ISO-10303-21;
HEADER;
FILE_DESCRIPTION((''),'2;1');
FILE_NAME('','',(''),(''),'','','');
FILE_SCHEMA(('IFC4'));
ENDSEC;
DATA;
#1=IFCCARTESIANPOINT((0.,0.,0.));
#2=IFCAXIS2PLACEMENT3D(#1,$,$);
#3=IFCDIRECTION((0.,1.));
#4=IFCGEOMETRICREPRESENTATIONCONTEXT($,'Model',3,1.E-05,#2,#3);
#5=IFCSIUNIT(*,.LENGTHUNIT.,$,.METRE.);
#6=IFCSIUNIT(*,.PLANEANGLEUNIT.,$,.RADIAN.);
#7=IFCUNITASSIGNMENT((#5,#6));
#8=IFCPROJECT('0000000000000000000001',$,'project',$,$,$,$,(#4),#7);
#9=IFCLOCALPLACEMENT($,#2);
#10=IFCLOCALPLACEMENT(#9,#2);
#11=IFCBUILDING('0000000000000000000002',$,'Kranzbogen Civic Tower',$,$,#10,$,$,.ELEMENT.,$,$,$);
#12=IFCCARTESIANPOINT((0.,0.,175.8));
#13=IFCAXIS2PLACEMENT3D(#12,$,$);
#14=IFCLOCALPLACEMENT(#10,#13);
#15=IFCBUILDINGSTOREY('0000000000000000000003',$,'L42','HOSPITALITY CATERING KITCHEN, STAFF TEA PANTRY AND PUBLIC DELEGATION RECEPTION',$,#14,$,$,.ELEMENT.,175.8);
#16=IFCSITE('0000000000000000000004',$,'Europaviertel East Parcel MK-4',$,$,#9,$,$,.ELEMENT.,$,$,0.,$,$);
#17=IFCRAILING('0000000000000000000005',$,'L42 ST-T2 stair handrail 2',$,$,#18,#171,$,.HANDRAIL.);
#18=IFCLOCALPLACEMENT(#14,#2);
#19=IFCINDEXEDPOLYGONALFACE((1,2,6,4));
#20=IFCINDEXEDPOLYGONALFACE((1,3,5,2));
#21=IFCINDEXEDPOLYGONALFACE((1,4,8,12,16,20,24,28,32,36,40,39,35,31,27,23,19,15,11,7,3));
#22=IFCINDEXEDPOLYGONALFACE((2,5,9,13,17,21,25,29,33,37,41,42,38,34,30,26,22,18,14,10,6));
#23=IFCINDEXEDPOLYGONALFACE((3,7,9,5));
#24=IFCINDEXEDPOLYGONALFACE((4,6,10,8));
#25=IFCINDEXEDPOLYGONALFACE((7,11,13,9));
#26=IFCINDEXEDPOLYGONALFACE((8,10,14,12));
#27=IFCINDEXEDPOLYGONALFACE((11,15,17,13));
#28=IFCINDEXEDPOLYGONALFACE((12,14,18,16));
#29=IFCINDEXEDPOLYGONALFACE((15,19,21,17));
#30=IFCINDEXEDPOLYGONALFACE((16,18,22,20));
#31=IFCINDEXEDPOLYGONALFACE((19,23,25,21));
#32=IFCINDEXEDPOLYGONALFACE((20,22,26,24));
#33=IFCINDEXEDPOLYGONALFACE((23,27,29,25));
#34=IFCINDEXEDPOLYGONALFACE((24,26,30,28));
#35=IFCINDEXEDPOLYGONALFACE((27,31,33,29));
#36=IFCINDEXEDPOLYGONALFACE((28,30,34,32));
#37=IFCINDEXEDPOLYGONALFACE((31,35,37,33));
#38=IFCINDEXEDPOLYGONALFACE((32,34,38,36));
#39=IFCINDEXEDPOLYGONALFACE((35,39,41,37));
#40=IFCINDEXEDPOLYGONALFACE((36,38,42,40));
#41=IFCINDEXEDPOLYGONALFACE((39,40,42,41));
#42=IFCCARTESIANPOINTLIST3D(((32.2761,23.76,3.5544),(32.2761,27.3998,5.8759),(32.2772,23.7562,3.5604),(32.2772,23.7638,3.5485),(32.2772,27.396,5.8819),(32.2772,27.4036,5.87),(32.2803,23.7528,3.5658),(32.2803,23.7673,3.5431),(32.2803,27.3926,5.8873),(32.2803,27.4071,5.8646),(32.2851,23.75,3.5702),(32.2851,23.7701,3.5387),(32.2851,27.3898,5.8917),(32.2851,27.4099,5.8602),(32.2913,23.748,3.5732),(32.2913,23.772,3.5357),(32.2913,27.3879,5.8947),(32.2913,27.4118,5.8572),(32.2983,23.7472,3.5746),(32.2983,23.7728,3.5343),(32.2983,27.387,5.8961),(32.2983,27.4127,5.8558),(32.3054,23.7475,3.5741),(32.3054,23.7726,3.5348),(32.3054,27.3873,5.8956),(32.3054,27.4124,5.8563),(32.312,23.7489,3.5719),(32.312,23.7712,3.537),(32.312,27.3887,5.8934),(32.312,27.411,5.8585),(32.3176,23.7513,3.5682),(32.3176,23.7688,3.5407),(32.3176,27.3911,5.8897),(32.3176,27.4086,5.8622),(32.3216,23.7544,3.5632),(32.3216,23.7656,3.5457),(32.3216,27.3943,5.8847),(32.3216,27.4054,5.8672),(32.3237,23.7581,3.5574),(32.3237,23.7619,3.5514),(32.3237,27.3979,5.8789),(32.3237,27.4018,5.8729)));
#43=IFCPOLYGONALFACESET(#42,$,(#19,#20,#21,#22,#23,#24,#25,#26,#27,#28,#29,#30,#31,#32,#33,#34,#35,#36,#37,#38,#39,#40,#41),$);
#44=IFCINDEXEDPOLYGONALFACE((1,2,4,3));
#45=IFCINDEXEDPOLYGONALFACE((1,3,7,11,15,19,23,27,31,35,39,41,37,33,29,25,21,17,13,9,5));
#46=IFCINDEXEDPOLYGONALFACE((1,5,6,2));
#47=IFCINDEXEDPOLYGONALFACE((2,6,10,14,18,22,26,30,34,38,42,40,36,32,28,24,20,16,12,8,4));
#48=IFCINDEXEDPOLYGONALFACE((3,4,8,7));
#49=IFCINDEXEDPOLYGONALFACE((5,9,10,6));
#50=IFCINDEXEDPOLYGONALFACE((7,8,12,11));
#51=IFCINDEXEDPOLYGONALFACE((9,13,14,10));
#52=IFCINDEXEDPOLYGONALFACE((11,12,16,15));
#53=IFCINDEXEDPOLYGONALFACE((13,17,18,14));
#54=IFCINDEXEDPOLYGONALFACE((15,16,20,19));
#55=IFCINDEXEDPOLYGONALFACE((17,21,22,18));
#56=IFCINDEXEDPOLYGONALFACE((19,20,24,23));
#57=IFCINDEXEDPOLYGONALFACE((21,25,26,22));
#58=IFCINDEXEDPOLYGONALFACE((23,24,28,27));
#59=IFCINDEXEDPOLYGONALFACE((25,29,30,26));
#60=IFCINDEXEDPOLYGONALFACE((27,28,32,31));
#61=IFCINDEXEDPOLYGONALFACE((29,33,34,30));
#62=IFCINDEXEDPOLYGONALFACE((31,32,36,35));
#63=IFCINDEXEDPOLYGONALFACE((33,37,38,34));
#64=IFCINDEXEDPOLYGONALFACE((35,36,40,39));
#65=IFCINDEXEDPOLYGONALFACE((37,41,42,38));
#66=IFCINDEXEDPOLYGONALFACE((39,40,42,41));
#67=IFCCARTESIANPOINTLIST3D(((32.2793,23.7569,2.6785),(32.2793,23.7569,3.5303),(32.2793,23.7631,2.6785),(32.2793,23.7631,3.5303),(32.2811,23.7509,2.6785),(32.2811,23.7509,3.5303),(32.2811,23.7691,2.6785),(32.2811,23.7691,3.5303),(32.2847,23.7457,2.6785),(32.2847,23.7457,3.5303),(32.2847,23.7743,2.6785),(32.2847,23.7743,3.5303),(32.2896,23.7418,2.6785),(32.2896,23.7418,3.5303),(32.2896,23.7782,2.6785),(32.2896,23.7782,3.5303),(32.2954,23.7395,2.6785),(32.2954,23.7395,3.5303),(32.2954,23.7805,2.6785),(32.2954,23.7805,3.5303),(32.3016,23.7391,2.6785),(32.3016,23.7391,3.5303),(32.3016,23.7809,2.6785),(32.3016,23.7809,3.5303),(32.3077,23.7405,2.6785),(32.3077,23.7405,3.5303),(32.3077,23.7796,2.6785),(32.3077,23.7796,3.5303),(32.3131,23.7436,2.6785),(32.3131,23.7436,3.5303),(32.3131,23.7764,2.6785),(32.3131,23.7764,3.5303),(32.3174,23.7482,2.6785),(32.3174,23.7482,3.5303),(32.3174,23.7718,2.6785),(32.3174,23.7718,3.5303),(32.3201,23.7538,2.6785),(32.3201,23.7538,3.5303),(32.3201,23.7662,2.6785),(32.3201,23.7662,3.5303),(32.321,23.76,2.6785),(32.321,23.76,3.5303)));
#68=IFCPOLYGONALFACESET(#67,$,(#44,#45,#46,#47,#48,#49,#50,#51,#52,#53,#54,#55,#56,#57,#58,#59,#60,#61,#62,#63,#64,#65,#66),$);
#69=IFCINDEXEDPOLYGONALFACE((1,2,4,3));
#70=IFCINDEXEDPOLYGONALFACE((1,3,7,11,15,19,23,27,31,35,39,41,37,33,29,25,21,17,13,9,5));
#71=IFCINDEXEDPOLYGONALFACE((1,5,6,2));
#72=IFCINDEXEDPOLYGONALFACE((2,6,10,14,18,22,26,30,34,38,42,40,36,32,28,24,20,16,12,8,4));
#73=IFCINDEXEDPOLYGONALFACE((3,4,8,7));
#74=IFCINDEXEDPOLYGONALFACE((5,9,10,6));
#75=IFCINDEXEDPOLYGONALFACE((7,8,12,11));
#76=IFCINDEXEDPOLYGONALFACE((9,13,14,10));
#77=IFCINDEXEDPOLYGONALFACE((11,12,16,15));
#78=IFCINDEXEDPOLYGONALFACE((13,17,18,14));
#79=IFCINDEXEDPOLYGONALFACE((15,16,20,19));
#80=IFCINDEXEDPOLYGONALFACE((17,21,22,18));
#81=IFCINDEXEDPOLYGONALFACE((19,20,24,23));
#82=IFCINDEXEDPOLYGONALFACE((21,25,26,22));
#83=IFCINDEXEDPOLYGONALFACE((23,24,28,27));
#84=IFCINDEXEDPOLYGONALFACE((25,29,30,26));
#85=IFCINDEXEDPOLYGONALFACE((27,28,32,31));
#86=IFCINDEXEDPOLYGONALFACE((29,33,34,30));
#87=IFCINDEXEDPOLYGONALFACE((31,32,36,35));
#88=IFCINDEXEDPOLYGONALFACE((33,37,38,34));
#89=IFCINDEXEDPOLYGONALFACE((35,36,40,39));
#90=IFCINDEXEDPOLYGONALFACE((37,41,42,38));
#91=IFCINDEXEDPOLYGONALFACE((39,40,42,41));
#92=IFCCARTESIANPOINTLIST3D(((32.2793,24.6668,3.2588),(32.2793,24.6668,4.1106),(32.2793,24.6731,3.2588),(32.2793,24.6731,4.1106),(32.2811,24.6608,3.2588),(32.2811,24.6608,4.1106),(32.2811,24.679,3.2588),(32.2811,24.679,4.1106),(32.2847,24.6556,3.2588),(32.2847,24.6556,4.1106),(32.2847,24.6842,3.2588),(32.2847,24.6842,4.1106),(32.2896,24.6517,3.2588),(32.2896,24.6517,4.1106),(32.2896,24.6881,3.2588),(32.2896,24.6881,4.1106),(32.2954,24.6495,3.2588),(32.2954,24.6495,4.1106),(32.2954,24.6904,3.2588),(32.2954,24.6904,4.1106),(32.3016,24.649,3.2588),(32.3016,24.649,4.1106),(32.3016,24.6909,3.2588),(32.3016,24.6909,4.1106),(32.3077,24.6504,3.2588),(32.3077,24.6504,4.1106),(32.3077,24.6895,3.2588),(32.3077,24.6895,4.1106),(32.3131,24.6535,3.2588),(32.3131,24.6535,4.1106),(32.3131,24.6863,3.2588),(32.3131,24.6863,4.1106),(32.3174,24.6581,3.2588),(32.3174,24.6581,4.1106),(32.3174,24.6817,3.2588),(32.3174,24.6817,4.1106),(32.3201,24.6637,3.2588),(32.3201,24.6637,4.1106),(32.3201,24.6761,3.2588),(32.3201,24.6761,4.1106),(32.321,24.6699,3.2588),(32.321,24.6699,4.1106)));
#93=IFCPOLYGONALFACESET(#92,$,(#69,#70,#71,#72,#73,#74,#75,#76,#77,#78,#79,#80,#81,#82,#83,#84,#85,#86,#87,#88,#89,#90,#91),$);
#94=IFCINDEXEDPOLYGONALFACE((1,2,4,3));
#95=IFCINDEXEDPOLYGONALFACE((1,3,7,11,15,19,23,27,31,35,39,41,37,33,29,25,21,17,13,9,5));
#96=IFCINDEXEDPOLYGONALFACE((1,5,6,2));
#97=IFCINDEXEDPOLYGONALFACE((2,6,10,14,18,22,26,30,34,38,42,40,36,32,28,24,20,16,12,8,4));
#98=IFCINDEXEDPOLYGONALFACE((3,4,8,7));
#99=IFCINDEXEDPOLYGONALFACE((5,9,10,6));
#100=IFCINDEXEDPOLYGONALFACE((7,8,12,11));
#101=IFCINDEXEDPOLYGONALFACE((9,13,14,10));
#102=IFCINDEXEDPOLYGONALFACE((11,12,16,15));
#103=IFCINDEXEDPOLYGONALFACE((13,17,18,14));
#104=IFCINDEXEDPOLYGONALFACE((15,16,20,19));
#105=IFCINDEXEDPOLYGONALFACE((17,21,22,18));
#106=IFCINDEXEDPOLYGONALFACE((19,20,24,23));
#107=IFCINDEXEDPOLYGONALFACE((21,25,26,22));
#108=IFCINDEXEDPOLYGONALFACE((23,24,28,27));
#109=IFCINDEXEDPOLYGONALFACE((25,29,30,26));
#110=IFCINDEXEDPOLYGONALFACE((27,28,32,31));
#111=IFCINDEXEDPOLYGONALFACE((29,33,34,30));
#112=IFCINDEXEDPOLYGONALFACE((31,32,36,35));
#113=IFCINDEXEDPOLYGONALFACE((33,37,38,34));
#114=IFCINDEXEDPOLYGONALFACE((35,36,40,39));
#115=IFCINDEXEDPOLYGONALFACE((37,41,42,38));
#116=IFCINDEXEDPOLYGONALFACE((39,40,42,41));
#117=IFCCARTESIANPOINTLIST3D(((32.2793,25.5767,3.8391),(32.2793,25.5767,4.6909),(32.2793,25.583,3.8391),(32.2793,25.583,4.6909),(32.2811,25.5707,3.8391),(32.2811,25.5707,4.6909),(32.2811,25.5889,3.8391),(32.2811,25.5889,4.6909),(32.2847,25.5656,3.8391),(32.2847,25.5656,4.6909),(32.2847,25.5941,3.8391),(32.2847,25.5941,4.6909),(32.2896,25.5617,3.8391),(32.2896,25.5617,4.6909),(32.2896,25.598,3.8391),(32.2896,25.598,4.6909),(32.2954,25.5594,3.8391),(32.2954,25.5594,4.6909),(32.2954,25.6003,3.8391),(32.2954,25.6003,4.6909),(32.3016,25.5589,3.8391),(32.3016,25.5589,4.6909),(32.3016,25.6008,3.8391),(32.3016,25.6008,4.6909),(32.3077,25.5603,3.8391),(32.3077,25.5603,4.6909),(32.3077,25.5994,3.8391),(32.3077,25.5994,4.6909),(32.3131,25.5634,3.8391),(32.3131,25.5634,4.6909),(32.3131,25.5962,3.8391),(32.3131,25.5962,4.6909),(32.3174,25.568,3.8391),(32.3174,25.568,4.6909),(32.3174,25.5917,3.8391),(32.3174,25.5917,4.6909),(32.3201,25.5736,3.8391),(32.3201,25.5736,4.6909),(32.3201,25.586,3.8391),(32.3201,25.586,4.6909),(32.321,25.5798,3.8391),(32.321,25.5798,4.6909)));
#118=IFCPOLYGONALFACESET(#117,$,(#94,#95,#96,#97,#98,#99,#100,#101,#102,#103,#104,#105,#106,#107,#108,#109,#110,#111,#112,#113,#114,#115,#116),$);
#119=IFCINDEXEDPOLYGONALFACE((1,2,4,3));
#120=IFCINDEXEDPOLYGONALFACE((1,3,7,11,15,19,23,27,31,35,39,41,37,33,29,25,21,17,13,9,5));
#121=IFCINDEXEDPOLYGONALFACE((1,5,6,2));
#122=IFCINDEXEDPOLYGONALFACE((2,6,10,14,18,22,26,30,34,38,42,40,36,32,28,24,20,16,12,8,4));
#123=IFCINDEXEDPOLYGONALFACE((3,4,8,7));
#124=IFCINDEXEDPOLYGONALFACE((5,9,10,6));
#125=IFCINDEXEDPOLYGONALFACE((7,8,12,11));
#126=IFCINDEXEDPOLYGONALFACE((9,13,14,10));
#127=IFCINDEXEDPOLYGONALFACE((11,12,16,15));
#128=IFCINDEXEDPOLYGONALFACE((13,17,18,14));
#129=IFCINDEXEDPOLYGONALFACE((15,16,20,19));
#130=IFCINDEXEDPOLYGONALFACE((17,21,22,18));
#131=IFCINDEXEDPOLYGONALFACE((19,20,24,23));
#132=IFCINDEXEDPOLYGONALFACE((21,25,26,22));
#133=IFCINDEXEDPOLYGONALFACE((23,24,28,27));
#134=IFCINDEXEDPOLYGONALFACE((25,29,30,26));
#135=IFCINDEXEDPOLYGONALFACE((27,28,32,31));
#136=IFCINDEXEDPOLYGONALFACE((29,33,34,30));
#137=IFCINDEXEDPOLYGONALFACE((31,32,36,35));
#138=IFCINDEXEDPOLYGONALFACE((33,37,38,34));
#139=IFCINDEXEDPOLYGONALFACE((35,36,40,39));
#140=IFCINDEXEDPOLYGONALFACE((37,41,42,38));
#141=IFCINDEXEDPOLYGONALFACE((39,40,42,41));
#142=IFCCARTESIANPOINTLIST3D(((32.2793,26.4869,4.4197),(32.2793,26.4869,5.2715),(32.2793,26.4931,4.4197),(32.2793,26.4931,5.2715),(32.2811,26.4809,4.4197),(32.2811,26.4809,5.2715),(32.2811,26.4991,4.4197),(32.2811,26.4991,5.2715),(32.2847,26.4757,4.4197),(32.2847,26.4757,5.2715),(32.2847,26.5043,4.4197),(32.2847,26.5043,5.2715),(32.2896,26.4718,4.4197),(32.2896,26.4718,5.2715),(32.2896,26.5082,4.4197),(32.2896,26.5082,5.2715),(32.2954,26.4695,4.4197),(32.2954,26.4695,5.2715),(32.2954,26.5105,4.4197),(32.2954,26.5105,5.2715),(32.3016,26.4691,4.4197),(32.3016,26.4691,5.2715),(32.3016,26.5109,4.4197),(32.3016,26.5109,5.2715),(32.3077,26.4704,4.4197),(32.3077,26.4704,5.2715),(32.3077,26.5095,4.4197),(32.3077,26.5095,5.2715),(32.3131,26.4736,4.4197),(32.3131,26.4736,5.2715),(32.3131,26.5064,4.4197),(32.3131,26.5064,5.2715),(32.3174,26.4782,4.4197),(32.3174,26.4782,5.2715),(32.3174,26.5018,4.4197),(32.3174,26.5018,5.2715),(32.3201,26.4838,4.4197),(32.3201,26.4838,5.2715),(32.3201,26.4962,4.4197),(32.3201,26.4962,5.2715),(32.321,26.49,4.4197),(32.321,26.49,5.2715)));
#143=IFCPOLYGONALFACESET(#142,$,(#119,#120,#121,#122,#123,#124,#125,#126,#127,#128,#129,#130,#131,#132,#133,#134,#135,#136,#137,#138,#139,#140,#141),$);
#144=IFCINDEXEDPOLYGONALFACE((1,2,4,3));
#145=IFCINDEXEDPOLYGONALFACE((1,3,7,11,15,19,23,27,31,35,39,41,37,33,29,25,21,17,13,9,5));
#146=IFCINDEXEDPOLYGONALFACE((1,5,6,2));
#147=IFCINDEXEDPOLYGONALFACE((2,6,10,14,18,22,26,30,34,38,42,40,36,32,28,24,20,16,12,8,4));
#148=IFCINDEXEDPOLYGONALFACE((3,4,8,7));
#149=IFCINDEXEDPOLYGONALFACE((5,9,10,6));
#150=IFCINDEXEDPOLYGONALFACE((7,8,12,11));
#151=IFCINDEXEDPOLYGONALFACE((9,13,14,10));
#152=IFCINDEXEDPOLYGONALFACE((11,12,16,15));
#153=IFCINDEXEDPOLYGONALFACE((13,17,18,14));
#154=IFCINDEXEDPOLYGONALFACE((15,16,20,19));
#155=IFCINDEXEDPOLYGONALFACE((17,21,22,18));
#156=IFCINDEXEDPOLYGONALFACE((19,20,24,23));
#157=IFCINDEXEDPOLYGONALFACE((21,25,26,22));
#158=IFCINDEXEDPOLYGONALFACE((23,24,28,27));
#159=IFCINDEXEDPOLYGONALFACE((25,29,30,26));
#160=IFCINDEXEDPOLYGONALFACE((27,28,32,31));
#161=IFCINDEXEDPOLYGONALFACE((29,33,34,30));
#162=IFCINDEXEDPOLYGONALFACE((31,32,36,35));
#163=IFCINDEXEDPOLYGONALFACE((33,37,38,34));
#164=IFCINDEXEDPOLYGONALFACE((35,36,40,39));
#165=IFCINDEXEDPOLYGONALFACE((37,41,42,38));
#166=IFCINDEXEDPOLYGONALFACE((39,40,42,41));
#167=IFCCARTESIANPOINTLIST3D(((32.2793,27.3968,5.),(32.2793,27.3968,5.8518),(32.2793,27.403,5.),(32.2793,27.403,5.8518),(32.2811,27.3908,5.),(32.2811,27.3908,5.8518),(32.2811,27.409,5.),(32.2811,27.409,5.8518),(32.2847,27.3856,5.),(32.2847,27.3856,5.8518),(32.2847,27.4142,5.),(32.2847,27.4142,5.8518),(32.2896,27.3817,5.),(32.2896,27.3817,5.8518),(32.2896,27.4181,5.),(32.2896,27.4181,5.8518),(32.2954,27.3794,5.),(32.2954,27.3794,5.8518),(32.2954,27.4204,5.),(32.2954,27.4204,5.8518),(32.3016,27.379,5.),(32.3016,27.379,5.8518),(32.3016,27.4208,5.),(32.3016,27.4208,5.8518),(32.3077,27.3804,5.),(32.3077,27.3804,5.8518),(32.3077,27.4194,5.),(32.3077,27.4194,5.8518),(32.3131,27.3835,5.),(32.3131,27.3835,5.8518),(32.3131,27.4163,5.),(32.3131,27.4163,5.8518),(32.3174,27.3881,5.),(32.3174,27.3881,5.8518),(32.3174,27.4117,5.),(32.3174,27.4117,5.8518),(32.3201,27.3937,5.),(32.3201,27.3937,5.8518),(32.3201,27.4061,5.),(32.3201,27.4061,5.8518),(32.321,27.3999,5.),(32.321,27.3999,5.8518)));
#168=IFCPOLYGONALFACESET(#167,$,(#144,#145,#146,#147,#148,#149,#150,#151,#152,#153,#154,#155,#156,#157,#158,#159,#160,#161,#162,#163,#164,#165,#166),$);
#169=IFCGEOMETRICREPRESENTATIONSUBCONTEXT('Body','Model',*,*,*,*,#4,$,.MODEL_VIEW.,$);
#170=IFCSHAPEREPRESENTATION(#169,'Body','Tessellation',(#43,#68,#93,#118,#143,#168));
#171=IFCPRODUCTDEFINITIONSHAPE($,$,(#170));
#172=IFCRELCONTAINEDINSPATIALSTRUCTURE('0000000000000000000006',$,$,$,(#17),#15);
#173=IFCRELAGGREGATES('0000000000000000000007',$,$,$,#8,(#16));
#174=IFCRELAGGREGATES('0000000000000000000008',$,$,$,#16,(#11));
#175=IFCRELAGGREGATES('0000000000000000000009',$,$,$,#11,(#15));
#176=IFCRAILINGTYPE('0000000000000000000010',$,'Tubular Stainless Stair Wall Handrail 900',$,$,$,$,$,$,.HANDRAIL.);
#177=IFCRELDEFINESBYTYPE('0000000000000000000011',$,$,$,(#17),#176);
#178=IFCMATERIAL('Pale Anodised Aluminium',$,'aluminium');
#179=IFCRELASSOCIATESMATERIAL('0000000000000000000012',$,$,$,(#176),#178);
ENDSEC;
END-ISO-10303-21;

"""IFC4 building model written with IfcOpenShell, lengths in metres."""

from ifc_helpers import new_model, si_unit, direction, frame, origin, origin_2d, place, context, subcontext, project, spatial, circle, extrude, material, type_object, element, save


model = new_model("IFC4")

# Units and contexts
model_context = context("Model", 3, precision=1e-05, world=origin(), true_north=direction((0.0, 1.0)))
body_context = subcontext(model_context, "Body", "Model", "MODEL_VIEW")
ifc_project = project(units=[si_unit("LENGTHUNIT", "METRE"), si_unit("PLANEANGLEUNIT", "RADIAN")], contexts=[model_context])

# Site, building, storey
site_placement = place(None, origin())
site = spatial("IfcSite", under=ifc_project, at=site_placement, Name="Europaviertel East Parcel MK-4", CompositionType="ELEMENT", RefElevation=0.0)
building_placement = place(site_placement, origin())
building = spatial("IfcBuilding", under=site, at=building_placement, Name="Kranzbogen Civic Tower", CompositionType="ELEMENT")
storey_placement = place(building_placement, frame((0.0, 0.0, 175.8)))
storey = spatial("IfcBuildingStorey", under=building, at=storey_placement, Name="L42", Description="HOSPITALITY CATERING KITCHEN, STAFF TEA PANTRY AND PUBLIC DELEGATION RECEPTION", CompositionType="ELEMENT", Elevation=175.8)

# Shared definitions
ifc_material_1 = material(Name="Pale Anodised Aluminium", Category="aluminium")

# Railing
railing_type_1 = type_object("IfcRailingType", Name="Tubular Stainless Stair Wall Handrail 900", PredefinedType="HANDRAIL", material=ifc_material_1)
railing_1_placement = place(storey_placement, frame((32.3, 23.76, 2.6785)))
element("IfcRailing", 1, at=railing_1_placement, inside=storey, type_object=railing_type_1, Name="L42 ST-T2 stair handrail 2", PredefinedType="HANDRAIL", context=body_context, shape_type="SweptSolid", body=[
    extrude(circle(Radius=0.0239, at=origin_2d()), frame((0.0, 0.0, 0.876), z_axis=(0.0, 0.843112, 0.537739), x_axis=(-1.0, 0.0, 0.0)), (0.0, 0.0, 1.0), 4.3171),
    extrude(circle(Radius=0.021, at=origin_2d()), origin(), (0.0, 0.0, 1.0), 0.8518),
    extrude(circle(Radius=0.021, at=origin_2d()), frame((0.0, 0.9099, 0.5803)), (0.0, 0.0, 1.0), 0.8518),
    extrude(circle(Radius=0.021, at=origin_2d()), frame((0.0, 1.8198, 1.1606)), (0.0, 0.0, 1.0), 0.8518),
    extrude(circle(Radius=0.021, at=origin_2d()), frame((0.0, 2.73, 1.7412)), (0.0, 0.0, 1.0), 0.8518),
    extrude(circle(Radius=0.021, at=origin_2d()), frame((0.0, 3.6399, 2.3215)), (0.0, 0.0, 1.0), 0.8518),
])

save(model, "model.ifc")
